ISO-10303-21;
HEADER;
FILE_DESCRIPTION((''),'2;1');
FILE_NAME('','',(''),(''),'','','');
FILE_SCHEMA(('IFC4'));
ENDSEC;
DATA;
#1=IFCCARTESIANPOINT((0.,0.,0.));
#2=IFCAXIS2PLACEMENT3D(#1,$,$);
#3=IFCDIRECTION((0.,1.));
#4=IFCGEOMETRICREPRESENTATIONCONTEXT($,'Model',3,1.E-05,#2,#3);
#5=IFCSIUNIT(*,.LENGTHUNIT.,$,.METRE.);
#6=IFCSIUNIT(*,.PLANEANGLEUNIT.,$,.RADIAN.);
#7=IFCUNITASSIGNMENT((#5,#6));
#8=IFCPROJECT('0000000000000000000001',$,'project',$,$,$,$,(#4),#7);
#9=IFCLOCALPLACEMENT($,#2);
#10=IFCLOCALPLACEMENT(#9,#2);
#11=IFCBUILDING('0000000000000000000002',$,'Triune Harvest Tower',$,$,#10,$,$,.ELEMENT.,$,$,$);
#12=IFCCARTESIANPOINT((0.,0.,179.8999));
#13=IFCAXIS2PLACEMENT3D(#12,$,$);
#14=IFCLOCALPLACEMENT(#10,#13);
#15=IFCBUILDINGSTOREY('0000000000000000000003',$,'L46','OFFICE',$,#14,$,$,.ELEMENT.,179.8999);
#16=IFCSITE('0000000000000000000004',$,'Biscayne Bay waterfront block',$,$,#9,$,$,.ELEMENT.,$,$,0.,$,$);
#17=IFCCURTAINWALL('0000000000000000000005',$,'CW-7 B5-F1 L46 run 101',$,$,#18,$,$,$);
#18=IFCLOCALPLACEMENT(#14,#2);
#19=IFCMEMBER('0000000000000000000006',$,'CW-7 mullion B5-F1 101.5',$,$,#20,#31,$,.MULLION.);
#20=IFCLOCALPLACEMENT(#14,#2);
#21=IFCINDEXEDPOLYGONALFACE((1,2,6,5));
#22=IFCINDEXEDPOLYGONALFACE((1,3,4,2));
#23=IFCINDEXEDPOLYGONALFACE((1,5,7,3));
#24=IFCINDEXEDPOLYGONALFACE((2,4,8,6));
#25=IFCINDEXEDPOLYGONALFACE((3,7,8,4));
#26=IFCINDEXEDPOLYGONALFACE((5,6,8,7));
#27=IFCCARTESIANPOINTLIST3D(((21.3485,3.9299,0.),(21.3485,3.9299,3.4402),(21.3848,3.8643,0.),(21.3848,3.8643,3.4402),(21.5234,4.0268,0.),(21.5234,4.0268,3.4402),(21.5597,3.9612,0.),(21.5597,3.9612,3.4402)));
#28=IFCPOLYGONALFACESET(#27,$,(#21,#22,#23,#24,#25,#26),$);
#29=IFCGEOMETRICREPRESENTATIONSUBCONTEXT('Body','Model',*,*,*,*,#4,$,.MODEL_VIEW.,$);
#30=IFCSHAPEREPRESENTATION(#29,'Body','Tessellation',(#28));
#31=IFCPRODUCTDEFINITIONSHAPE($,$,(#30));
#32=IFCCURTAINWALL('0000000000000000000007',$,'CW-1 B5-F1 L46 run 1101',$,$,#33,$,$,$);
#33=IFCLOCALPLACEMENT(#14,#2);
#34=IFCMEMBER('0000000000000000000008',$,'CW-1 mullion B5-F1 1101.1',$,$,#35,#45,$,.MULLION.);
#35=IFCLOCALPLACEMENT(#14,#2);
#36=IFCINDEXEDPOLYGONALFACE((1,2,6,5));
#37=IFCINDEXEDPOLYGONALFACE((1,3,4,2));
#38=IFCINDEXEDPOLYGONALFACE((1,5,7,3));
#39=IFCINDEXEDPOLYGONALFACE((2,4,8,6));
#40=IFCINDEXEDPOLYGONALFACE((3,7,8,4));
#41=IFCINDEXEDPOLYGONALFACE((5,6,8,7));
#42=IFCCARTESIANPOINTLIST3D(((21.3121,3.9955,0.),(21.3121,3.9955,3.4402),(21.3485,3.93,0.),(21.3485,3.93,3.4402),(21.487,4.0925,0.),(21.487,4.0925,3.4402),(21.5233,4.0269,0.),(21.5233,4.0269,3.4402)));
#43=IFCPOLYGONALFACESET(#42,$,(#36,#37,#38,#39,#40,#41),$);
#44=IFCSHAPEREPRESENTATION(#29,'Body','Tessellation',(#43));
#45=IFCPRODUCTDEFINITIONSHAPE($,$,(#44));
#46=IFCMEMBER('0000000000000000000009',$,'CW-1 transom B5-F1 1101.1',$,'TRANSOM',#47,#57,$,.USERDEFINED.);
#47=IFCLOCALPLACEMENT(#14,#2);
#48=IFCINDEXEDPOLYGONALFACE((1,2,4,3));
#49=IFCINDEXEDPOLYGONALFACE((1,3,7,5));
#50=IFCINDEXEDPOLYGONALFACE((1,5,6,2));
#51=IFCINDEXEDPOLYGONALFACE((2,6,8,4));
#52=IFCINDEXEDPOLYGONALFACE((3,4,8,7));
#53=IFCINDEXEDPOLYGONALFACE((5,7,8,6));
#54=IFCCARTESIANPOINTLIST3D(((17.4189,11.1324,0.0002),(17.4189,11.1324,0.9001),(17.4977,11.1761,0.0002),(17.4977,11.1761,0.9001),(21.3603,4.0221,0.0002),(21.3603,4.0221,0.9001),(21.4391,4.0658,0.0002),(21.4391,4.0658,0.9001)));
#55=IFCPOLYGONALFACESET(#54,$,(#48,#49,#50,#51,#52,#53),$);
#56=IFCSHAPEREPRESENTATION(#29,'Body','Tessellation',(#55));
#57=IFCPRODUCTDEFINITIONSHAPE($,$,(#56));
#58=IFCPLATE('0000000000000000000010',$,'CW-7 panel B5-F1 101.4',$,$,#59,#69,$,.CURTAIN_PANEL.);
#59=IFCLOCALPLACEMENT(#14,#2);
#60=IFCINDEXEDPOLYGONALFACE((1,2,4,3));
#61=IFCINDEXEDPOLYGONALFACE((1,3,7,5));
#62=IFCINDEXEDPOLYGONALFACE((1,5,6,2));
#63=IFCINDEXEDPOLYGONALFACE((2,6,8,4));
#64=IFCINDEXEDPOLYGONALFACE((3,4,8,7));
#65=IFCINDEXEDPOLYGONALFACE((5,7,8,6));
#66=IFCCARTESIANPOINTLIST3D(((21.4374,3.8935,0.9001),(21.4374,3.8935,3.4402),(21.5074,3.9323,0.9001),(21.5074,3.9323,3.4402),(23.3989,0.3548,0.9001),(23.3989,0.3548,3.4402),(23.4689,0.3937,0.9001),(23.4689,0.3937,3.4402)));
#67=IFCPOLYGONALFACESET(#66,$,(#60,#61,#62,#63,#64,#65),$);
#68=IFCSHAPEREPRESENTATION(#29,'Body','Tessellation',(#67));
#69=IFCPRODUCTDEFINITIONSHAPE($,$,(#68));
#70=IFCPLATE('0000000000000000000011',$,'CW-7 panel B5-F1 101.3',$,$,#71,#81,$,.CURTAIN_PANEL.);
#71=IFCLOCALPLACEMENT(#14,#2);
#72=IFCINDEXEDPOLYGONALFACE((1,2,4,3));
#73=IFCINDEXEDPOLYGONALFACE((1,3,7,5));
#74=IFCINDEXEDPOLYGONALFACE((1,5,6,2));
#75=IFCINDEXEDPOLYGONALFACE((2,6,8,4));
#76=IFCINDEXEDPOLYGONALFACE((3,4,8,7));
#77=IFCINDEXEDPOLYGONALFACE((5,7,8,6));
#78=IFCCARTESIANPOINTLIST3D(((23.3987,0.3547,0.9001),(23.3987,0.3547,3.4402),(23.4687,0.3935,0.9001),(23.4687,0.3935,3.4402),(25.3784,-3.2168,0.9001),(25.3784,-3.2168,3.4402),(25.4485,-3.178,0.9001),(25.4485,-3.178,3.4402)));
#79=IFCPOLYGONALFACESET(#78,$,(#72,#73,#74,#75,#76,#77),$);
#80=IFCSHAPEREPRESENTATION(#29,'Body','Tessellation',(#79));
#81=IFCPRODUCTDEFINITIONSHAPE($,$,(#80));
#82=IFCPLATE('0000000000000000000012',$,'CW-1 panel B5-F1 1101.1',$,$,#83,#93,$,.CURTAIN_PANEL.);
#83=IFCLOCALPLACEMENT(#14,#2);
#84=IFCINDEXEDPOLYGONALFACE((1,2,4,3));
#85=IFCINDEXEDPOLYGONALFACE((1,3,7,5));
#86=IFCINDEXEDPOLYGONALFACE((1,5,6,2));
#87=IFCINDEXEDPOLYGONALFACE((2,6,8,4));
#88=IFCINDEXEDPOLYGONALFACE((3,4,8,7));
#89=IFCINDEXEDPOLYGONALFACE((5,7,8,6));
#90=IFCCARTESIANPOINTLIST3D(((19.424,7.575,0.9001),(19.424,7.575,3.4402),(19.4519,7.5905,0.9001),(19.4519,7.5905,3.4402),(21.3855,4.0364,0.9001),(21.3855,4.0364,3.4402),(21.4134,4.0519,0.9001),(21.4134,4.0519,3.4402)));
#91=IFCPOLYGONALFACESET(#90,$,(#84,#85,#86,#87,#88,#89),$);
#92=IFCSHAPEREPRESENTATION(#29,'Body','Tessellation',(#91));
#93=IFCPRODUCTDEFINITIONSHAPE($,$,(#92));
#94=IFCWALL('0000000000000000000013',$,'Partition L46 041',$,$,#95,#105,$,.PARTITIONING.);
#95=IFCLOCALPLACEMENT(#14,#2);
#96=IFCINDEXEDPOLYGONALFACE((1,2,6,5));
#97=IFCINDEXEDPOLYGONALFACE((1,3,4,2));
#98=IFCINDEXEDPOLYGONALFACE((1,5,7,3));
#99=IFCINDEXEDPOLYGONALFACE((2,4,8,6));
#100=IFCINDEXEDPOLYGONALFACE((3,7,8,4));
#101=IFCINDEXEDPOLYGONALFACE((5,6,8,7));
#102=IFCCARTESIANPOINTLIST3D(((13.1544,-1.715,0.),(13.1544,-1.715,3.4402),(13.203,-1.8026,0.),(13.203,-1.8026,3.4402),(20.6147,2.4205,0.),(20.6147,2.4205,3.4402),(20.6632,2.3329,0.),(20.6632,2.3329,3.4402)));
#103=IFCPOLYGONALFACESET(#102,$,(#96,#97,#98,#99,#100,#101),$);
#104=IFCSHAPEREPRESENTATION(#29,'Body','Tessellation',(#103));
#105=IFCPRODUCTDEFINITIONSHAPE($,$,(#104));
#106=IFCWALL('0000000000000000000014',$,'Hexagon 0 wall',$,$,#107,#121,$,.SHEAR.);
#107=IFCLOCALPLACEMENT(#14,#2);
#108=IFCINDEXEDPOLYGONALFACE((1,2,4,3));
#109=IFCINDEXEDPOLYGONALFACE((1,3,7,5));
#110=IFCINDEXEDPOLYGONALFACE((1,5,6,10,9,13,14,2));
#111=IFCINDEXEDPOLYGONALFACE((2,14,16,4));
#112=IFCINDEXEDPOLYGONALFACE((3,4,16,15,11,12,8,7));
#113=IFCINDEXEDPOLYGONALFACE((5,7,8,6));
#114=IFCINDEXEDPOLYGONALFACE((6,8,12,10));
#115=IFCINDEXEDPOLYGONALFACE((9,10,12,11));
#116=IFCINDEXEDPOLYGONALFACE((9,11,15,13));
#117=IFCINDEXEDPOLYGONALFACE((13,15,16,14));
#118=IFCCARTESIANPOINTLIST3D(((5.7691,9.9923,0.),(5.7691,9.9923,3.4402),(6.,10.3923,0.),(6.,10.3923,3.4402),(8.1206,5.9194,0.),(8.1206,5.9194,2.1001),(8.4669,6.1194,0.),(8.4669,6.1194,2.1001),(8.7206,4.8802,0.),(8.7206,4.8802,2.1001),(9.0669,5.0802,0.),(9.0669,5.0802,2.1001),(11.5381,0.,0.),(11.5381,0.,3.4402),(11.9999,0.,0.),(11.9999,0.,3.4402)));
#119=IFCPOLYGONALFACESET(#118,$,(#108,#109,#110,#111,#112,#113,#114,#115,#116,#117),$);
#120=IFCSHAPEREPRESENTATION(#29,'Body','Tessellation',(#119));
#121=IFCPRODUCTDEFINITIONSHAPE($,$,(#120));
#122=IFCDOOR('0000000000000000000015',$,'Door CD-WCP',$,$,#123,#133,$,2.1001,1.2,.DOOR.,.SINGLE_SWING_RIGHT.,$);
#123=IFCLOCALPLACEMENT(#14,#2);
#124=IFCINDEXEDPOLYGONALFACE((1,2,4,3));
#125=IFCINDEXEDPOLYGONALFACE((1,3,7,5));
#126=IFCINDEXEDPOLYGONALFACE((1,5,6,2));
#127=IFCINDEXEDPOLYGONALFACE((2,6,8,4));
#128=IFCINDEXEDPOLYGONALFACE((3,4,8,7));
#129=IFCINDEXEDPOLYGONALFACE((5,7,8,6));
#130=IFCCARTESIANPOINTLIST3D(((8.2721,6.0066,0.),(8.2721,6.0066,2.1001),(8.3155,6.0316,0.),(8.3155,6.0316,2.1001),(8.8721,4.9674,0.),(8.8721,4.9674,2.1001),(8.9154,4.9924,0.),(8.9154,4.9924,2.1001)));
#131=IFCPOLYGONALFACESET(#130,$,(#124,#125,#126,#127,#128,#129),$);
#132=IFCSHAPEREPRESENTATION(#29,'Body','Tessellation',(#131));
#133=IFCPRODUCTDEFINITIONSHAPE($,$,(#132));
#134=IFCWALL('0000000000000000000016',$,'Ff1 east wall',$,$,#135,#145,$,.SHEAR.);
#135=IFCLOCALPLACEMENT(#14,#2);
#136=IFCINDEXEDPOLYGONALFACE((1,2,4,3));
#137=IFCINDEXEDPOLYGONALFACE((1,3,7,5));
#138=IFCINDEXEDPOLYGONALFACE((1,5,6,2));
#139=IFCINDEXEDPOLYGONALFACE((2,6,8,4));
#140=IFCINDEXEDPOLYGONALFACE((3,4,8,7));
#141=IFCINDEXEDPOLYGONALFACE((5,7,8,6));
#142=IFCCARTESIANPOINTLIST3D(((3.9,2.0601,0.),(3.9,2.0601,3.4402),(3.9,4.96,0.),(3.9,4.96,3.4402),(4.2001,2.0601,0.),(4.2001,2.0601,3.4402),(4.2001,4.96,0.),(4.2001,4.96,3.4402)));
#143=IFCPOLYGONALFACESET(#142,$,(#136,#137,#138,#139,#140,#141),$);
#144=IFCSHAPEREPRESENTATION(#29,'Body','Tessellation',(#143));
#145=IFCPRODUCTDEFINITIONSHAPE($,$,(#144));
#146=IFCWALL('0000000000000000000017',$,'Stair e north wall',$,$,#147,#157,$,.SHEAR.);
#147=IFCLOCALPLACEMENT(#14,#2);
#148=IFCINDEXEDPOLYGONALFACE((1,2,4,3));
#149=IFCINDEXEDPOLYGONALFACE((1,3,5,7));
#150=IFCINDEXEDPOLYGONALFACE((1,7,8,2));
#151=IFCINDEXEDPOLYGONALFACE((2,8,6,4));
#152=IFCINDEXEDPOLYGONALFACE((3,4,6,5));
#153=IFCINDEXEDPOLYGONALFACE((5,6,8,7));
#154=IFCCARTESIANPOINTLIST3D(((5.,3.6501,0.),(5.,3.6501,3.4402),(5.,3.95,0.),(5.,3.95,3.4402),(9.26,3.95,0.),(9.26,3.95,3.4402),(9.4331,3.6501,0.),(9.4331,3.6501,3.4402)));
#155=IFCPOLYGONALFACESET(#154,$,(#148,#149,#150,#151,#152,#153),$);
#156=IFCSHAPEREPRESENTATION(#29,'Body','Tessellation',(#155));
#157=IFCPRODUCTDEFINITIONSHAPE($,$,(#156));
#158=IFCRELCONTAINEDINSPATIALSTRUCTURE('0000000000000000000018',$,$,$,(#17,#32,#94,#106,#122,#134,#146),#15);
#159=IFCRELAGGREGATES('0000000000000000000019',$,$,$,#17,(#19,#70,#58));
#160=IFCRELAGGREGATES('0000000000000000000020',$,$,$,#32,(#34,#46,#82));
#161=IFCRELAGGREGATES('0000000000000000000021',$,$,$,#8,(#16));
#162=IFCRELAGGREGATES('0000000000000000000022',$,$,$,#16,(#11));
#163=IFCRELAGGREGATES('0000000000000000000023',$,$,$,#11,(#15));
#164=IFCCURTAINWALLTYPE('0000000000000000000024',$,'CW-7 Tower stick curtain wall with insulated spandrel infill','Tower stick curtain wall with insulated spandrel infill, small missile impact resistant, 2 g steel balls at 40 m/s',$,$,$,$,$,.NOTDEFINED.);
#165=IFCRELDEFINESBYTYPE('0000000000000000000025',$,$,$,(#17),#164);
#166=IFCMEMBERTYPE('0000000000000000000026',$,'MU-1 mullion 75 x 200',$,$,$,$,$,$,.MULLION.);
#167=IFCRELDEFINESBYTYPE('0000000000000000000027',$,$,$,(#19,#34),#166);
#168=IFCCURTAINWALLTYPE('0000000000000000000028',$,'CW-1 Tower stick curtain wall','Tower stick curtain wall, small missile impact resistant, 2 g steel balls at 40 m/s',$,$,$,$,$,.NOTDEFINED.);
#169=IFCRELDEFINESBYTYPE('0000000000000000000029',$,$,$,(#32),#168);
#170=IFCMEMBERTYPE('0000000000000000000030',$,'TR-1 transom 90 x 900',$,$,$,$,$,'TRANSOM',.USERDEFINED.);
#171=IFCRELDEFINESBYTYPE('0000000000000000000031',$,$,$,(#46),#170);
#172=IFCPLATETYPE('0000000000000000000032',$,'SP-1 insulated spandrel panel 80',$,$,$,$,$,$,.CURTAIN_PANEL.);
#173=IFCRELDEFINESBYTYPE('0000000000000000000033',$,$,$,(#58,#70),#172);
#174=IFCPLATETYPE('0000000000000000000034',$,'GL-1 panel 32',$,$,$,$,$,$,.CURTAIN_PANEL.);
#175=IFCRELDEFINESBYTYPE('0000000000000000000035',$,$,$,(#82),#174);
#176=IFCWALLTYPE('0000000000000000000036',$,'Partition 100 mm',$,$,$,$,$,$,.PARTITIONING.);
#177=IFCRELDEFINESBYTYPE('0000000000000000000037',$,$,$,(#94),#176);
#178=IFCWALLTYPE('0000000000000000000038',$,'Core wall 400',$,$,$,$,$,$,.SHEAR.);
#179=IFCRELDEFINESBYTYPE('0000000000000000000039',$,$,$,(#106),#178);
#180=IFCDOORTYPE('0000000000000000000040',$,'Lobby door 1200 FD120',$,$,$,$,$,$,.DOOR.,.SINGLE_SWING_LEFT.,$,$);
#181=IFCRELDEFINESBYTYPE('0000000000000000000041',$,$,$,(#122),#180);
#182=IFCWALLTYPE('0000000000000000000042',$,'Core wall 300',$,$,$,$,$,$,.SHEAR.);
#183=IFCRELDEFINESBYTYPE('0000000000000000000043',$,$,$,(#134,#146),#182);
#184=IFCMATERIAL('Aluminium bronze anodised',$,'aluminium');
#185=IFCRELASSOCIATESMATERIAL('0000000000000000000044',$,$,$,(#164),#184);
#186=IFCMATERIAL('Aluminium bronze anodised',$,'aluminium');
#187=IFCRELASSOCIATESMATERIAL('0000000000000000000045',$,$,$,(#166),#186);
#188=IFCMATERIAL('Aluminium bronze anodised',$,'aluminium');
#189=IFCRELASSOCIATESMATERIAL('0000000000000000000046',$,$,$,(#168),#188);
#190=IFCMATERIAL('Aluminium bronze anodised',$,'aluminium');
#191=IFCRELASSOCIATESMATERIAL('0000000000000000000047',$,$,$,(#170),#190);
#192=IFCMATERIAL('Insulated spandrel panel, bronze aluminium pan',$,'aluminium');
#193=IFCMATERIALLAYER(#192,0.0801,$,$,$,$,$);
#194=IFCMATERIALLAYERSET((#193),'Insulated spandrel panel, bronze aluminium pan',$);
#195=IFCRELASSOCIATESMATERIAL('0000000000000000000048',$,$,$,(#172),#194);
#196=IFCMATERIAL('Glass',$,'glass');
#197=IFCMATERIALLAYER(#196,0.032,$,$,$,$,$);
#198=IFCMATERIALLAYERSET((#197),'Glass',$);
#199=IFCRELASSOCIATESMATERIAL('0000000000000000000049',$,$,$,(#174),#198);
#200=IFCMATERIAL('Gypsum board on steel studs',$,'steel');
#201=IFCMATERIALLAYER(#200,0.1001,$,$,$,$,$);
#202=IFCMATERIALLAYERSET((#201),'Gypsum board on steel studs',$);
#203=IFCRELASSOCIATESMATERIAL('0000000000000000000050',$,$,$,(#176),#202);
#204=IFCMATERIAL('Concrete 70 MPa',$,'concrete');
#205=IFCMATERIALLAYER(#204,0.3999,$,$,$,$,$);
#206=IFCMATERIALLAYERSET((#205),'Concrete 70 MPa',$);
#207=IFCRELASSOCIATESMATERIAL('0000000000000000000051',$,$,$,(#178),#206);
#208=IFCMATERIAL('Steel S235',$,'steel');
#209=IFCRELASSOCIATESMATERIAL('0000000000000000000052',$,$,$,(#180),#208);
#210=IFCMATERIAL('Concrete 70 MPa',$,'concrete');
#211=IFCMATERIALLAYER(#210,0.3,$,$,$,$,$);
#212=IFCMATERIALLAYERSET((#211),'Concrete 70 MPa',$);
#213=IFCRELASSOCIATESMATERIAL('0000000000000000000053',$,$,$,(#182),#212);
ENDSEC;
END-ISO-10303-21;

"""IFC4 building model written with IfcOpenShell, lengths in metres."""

from ifc_helpers import new_model, si_unit, direction, frame, frame_2d, origin, origin_2d, place, context, subcontext, project, spatial, polyline, rectangle, outline, extrude, source, transform, mapped, material, layer, layer_set, material_profile, profile_set, type_object, element, fill, aggregate, save


model = new_model("IFC4")

# Units and contexts
model_context = context("Model", 3, precision=1e-05, world=origin(), true_north=direction((0.0, 1.0)))
body_context = subcontext(model_context, "Body", "Model", "MODEL_VIEW")
ifc_project = project(units=[si_unit("LENGTHUNIT", "METRE"), si_unit("PLANEANGLEUNIT", "RADIAN")], contexts=[model_context])

# Site, building, storey
site_placement = place(None, origin())
site = spatial("IfcSite", under=ifc_project, at=site_placement, Name="Biscayne Bay waterfront block", CompositionType="ELEMENT", RefElevation=0.0)
building_placement = place(site_placement, origin())
building = spatial("IfcBuilding", under=site, at=building_placement, Name="Triune Harvest Tower", CompositionType="ELEMENT")
storey_placement = place(building_placement, frame((0.0, 0.0, 179.8999)))
storey = spatial("IfcBuildingStorey", under=building, at=storey_placement, Name="L46", Description="OFFICE", CompositionType="ELEMENT", Elevation=179.8999)

# Curtain wall, member
ifc_material_1 = material(Name="Aluminium bronze anodised", Category="aluminium")
curtain_wall_type_1 = type_object("IfcCurtainWallType", Name="CW-7 Tower stick curtain wall with insulated spandrel infill", Description="Tower stick curtain wall with insulated spandrel infill, small missile impact resistant, 2 g steel balls at 40 m/s", PredefinedType="NOTDEFINED", material=ifc_material_1)
curtain_wall_1_placement = place(storey_placement, origin())
curtain_wall_1 = element("IfcCurtainWall", 1, at=curtain_wall_1_placement, inside=storey, type_object=curtain_wall_type_1, Name="CW-7 B5-F1 L46 run 101")
ifc_material_2 = material(Name="Aluminium bronze anodised", Category="aluminium")
ifc_material_profile_1 = material_profile(ifc_material_2, rectangle(XDim=0.2, YDim=0.075, at=origin_2d()), Name="MU-1 mullion 75 x 200")
ifc_profile_set_1 = profile_set([ifc_material_profile_1], Name="Aluminium bronze anodised")
member_type_1 = type_object("IfcMemberType", Name="MU-1 mullion 75 x 200", PredefinedType="MULLION", material=ifc_profile_set_1)
shared_shape_1 = source(origin(), body_context, "Body", "SweptSolid", [
    extrude(rectangle(XDim=0.2, YDim=0.075, at=origin_2d()), origin(), (0.0, 0.0, 1.0), 3.4402),
])
member_1_placement = place(storey_placement, frame((21.4541, 3.9456, 0.0), z_axis=(0.0, 0.0, 1.0), x_axis=(-0.874619, -0.48481, 0.0)))
member_1 = element("IfcMember", 2, at=member_1_placement, type_object=member_type_1, Name="CW-7 mullion B5-F1 101.5", PredefinedType="MULLION", context=body_context, shape_type="MappedRepresentation", body=[
    mapped(shared_shape_1, transform((0.0, 0.0, 0.0), scale=1.0)),
])

# Curtain wall, members
ifc_material_3 = material(Name="Aluminium bronze anodised", Category="aluminium")
curtain_wall_type_2 = type_object("IfcCurtainWallType", Name="CW-1 Tower stick curtain wall", Description="Tower stick curtain wall, small missile impact resistant, 2 g steel balls at 40 m/s", PredefinedType="NOTDEFINED", material=ifc_material_3)
curtain_wall_2_placement = place(storey_placement, origin())
curtain_wall_2 = element("IfcCurtainWall", 3, at=curtain_wall_2_placement, inside=storey, type_object=curtain_wall_type_2, Name="CW-1 B5-F1 L46 run 1101")
member_2_placement = place(storey_placement, frame((21.4177, 4.0112, 0.0), z_axis=(0.0, 0.0, 1.0), x_axis=(-0.874621, -0.484808, 0.0)))
member_2 = element("IfcMember", 4, at=member_2_placement, type_object=member_type_1, Name="CW-1 mullion B5-F1 1101.1", PredefinedType="MULLION", context=body_context, shape_type="MappedRepresentation", body=[
    mapped(shared_shape_1, transform((0.0, 0.0, 0.0), scale=1.0)),
])
ifc_material_4 = material(Name="Aluminium bronze anodised", Category="aluminium")
ifc_material_profile_2 = material_profile(ifc_material_4, rectangle(XDim=0.0901, YDim=0.8999, at=origin_2d()), Name="TR-1 transom 90 x 900")
ifc_profile_set_2 = profile_set([ifc_material_profile_2], Name="Aluminium bronze anodised")
member_type_2 = type_object("IfcMemberType", Name="TR-1 transom 90 x 900", ElementType="TRANSOM", PredefinedType="USERDEFINED", material=ifc_profile_set_2)
shared_shape_2 = source(origin(), body_context, "Body", "SweptSolid", [
    extrude(rectangle(XDim=0.0901, YDim=0.8999, at=origin_2d()), origin(), (0.0, 0.0, 1.0), 8.1296),
])
member_3_placement = place(storey_placement, frame((21.3997, 4.0439, 0.4502), z_axis=(-0.484817, 0.874616, 0.0), x_axis=(-0.874616, -0.484817, 0.0)))
member_3 = element("IfcMember", 5, at=member_3_placement, type_object=member_type_2, Name="CW-1 transom B5-F1 1101.1", ObjectType="TRANSOM", PredefinedType="USERDEFINED", context=body_context, shape_type="MappedRepresentation", body=[
    mapped(shared_shape_2, transform((0.0, 0.0, 0.0), scale=1.0)),
])

# Plates
ifc_material_5 = material(Name="Insulated spandrel panel, bronze aluminium pan", Category="aluminium")
ifc_layer_1 = layer(ifc_material_5, 0.0801)
ifc_layer_set_1 = layer_set([ifc_layer_1], Name="Insulated spandrel panel, bronze aluminium pan")
plate_type_1 = type_object("IfcPlateType", Name="SP-1 insulated spandrel panel 80", PredefinedType="CURTAIN_PANEL", material=ifc_layer_set_1)
shared_shape_3 = source(origin(), body_context, "Body", "SweptSolid", [
    extrude(rectangle(XDim=4.0459, YDim=0.0801, at=origin_2d()), origin(), (0.0, 0.0, 1.0), 2.54),
])
plate_1_placement = place(storey_placement, frame((22.4531, 2.1436, 0.9001), z_axis=(0.0, 0.0, 1.0), x_axis=(-0.48481, 0.874619, 0.0)))
plate_1 = element("IfcPlate", 6, at=plate_1_placement, type_object=plate_type_1, Name="CW-7 panel B5-F1 101.4", PredefinedType="CURTAIN_PANEL", context=body_context, shape_type="MappedRepresentation", body=[
    mapped(shared_shape_3, transform((0.0, 0.0, 0.0), scale=1.0)),
])
shared_shape_4 = source(origin(), body_context, "Body", "SweptSolid", [
    extrude(rectangle(XDim=4.0835, YDim=0.0801, at=origin_2d()), origin(), (0.0, 0.0, 1.0), 2.54),
])
plate_2_placement = place(storey_placement, frame((24.4236, -1.4116, 0.9001), z_axis=(0.0, 0.0, 1.0), x_axis=(-0.48481, 0.874619, 0.0)))
plate_2 = element("IfcPlate", 7, at=plate_2_placement, type_object=plate_type_1, Name="CW-7 panel B5-F1 101.3", PredefinedType="CURTAIN_PANEL", context=body_context, shape_type="MappedRepresentation", body=[
    mapped(shared_shape_4, transform((0.0, 0.0, 0.0), scale=1.0)),
])
aggregate(curtain_wall_1, [member_1, plate_2, plate_1])
ifc_material_6 = material(Name="Glass", Category="glass")
ifc_layer_2 = layer(ifc_material_6, 0.032)
ifc_layer_set_2 = layer_set([ifc_layer_2], Name="Glass")
plate_type_2 = type_object("IfcPlateType", Name="GL-1 panel 32", PredefinedType="CURTAIN_PANEL", material=ifc_layer_set_2)
shared_shape_5 = source(origin(), body_context, "Body", "SweptSolid", [
    extrude(rectangle(XDim=4.0459, YDim=0.032, at=origin_2d()), origin(), (0.0, 0.0, 1.0), 2.54),
])
plate_3_placement = place(storey_placement, frame((20.4187, 5.8135, 0.9001), z_axis=(0.0, 0.0, 1.0), x_axis=(-0.484808, 0.874621, 0.0)))
plate_3 = element("IfcPlate", 8, at=plate_3_placement, type_object=plate_type_2, Name="CW-1 panel B5-F1 1101.1", PredefinedType="CURTAIN_PANEL", context=body_context, shape_type="MappedRepresentation", body=[
    mapped(shared_shape_5, transform((0.0, 0.0, 0.0), scale=1.0)),
])
aggregate(curtain_wall_2, [member_2, member_3, plate_3])

# Wall
ifc_material_7 = material(Name="Gypsum board on steel studs", Category="steel")
ifc_layer_3 = layer(ifc_material_7, 0.1001)
ifc_layer_set_3 = layer_set([ifc_layer_3], Name="Gypsum board on steel studs")
wall_type_1 = type_object("IfcWallType", Name="Partition 100 mm", PredefinedType="PARTITIONING", material=ifc_layer_set_3)
wall_1_placement = place(storey_placement, frame((13.1787, -1.7588, 0.0), z_axis=(0.0, 0.0, 1.0), x_axis=(0.874608, 0.484831, 0.0)))
element("IfcWall", 9, at=wall_1_placement, inside=storey, type_object=wall_type_1, Name="Partition L46 041", PredefinedType="PARTITIONING", context=body_context, shape_type="SweptSolid", body=[
    extrude(rectangle(XDim=8.5298, YDim=0.1001, at=frame_2d((4.2649, 0.0))), origin(), (0.0, 0.0, 1.0), 3.4402),
])

# Wall, opening, door
ifc_material_8 = material(Name="Concrete 70 MPa", Category="concrete")
ifc_layer_4 = layer(ifc_material_8, 0.3999)
ifc_layer_set_4 = layer_set([ifc_layer_4], Name="Concrete 70 MPa")
wall_type_2 = type_object("IfcWallType", Name="Core wall 400", PredefinedType="SHEAR", material=ifc_layer_set_4)
shared_shape_6 = source(origin(), body_context, "Body", "SweptSolid", [
    extrude(outline(polyline([(-0.1155, -0.2), (11.8845, -0.2), (11.6536, 0.2), (0.1155, 0.2), (-0.1155, -0.2)])), origin(), (0.0, 0.0, 1.0), 3.4402),
])
wall_2_placement = place(storey_placement, frame((11.769, 0.0, 0.0), z_axis=(0.0, 0.0, 1.0), x_axis=(-0.499997, 0.866027, 0.0)))
wall_2 = element("IfcWall", 10, at=wall_2_placement, inside=storey, type_object=wall_type_2, Name="Hexagon 0 wall", PredefinedType="SHEAR", context=body_context, shape_type="MappedRepresentation", body=[
    mapped(shared_shape_6, transform((0.0, 0.0, 0.0), scale=1.0)),
])
opening_1_placement = place(wall_2_placement, frame((5.7505, 0.0, 0.0)))
opening_1 = element("IfcOpeningElement", 11, at=opening_1_placement, cuts=wall_2, PredefinedType="OPENING", context=body_context, shape_type="SweptSolid", body=[
    extrude(rectangle(XDim=1.2, YDim=2.1001, at=frame_2d((0.6001, 1.05))), frame((0.0, 0.21, 0.0), z_axis=(0.0, -1.0, 0.0), x_axis=(1.0, 0.0, 0.0)), (0.0, 0.0, 1.0), 0.4199),
])
ifc_material_9 = material(Name="Steel S235", Category="steel")
door_type_1 = type_object("IfcDoorType", Name="Lobby door 1200 FD120", OperationType="SINGLE_SWING_LEFT", PredefinedType="DOOR", material=ifc_material_9)
door_1_placement = place(opening_1_placement, frame((1.2, 0.0, 0.0), z_axis=(0.0, 0.0, 1.0), x_axis=(-1.0, 0.0, 0.0)))
door_1 = element("IfcDoor", 12, at=door_1_placement, inside=storey, type_object=door_type_1, Name="Door CD-WCP", OperationType="SINGLE_SWING_RIGHT", OverallHeight=2.1001, OverallWidth=1.2, PredefinedType="DOOR", context=body_context, shape_type="SweptSolid", body=[
    extrude(rectangle(XDim=1.2, YDim=2.1001, at=frame_2d((0.6001, 1.05))), frame((0.0, 0.0249, 0.0), z_axis=(0.0, -1.0, 0.0), x_axis=(1.0, 0.0, 0.0)), (0.0, 0.0, 1.0), 0.05),
])
fill(opening_1, door_1)

# Walls
ifc_material_10 = material(Name="Concrete 70 MPa", Category="concrete")
ifc_layer_5 = layer(ifc_material_10, 0.3)
ifc_layer_set_5 = layer_set([ifc_layer_5], Name="Concrete 70 MPa")
wall_type_3 = type_object("IfcWallType", Name="Core wall 300", PredefinedType="SHEAR", material=ifc_layer_set_5)
shared_shape_7 = source(origin(), body_context, "Body", "SweptSolid", [
    extrude(rectangle(XDim=2.8999, YDim=0.3, at=frame_2d((1.45, 0.0))), origin(), (0.0, 0.0, 1.0), 3.4402),
])
wall_3_placement = place(storey_placement, frame((4.05, 2.0601, 0.0), z_axis=(0.0, 0.0, 1.0), x_axis=(0.0, 1.0, 0.0)))
element("IfcWall", 13, at=wall_3_placement, inside=storey, type_object=wall_type_3, Name="Ff1 east wall", PredefinedType="SHEAR", context=body_context, shape_type="MappedRepresentation", body=[
    mapped(shared_shape_7, transform((0.0, 0.0, 0.0), scale=1.0)),
])
shared_shape_8 = source(origin(), body_context, "Body", "SweptSolid", [
    extrude(outline(polyline([(0.0, -0.1499), (0.0, 0.1499), (4.26, 0.1499), (4.4331, -0.1499), (0.0, -0.1499)])), origin(), (0.0, 0.0, 1.0), 3.4402),
])
wall_4_placement = place(storey_placement, frame((5.0, 3.8, 0.0), z_axis=(0.0, 0.0, 1.0), x_axis=(1.0, 0.0, 0.0)))
element("IfcWall", 14, at=wall_4_placement, inside=storey, type_object=wall_type_3, Name="Stair e north wall", PredefinedType="SHEAR", context=body_context, shape_type="MappedRepresentation", body=[
    mapped(shared_shape_8, transform((0.0, 0.0, 0.0), scale=1.0)),
])

save(model, "model.ifc")
